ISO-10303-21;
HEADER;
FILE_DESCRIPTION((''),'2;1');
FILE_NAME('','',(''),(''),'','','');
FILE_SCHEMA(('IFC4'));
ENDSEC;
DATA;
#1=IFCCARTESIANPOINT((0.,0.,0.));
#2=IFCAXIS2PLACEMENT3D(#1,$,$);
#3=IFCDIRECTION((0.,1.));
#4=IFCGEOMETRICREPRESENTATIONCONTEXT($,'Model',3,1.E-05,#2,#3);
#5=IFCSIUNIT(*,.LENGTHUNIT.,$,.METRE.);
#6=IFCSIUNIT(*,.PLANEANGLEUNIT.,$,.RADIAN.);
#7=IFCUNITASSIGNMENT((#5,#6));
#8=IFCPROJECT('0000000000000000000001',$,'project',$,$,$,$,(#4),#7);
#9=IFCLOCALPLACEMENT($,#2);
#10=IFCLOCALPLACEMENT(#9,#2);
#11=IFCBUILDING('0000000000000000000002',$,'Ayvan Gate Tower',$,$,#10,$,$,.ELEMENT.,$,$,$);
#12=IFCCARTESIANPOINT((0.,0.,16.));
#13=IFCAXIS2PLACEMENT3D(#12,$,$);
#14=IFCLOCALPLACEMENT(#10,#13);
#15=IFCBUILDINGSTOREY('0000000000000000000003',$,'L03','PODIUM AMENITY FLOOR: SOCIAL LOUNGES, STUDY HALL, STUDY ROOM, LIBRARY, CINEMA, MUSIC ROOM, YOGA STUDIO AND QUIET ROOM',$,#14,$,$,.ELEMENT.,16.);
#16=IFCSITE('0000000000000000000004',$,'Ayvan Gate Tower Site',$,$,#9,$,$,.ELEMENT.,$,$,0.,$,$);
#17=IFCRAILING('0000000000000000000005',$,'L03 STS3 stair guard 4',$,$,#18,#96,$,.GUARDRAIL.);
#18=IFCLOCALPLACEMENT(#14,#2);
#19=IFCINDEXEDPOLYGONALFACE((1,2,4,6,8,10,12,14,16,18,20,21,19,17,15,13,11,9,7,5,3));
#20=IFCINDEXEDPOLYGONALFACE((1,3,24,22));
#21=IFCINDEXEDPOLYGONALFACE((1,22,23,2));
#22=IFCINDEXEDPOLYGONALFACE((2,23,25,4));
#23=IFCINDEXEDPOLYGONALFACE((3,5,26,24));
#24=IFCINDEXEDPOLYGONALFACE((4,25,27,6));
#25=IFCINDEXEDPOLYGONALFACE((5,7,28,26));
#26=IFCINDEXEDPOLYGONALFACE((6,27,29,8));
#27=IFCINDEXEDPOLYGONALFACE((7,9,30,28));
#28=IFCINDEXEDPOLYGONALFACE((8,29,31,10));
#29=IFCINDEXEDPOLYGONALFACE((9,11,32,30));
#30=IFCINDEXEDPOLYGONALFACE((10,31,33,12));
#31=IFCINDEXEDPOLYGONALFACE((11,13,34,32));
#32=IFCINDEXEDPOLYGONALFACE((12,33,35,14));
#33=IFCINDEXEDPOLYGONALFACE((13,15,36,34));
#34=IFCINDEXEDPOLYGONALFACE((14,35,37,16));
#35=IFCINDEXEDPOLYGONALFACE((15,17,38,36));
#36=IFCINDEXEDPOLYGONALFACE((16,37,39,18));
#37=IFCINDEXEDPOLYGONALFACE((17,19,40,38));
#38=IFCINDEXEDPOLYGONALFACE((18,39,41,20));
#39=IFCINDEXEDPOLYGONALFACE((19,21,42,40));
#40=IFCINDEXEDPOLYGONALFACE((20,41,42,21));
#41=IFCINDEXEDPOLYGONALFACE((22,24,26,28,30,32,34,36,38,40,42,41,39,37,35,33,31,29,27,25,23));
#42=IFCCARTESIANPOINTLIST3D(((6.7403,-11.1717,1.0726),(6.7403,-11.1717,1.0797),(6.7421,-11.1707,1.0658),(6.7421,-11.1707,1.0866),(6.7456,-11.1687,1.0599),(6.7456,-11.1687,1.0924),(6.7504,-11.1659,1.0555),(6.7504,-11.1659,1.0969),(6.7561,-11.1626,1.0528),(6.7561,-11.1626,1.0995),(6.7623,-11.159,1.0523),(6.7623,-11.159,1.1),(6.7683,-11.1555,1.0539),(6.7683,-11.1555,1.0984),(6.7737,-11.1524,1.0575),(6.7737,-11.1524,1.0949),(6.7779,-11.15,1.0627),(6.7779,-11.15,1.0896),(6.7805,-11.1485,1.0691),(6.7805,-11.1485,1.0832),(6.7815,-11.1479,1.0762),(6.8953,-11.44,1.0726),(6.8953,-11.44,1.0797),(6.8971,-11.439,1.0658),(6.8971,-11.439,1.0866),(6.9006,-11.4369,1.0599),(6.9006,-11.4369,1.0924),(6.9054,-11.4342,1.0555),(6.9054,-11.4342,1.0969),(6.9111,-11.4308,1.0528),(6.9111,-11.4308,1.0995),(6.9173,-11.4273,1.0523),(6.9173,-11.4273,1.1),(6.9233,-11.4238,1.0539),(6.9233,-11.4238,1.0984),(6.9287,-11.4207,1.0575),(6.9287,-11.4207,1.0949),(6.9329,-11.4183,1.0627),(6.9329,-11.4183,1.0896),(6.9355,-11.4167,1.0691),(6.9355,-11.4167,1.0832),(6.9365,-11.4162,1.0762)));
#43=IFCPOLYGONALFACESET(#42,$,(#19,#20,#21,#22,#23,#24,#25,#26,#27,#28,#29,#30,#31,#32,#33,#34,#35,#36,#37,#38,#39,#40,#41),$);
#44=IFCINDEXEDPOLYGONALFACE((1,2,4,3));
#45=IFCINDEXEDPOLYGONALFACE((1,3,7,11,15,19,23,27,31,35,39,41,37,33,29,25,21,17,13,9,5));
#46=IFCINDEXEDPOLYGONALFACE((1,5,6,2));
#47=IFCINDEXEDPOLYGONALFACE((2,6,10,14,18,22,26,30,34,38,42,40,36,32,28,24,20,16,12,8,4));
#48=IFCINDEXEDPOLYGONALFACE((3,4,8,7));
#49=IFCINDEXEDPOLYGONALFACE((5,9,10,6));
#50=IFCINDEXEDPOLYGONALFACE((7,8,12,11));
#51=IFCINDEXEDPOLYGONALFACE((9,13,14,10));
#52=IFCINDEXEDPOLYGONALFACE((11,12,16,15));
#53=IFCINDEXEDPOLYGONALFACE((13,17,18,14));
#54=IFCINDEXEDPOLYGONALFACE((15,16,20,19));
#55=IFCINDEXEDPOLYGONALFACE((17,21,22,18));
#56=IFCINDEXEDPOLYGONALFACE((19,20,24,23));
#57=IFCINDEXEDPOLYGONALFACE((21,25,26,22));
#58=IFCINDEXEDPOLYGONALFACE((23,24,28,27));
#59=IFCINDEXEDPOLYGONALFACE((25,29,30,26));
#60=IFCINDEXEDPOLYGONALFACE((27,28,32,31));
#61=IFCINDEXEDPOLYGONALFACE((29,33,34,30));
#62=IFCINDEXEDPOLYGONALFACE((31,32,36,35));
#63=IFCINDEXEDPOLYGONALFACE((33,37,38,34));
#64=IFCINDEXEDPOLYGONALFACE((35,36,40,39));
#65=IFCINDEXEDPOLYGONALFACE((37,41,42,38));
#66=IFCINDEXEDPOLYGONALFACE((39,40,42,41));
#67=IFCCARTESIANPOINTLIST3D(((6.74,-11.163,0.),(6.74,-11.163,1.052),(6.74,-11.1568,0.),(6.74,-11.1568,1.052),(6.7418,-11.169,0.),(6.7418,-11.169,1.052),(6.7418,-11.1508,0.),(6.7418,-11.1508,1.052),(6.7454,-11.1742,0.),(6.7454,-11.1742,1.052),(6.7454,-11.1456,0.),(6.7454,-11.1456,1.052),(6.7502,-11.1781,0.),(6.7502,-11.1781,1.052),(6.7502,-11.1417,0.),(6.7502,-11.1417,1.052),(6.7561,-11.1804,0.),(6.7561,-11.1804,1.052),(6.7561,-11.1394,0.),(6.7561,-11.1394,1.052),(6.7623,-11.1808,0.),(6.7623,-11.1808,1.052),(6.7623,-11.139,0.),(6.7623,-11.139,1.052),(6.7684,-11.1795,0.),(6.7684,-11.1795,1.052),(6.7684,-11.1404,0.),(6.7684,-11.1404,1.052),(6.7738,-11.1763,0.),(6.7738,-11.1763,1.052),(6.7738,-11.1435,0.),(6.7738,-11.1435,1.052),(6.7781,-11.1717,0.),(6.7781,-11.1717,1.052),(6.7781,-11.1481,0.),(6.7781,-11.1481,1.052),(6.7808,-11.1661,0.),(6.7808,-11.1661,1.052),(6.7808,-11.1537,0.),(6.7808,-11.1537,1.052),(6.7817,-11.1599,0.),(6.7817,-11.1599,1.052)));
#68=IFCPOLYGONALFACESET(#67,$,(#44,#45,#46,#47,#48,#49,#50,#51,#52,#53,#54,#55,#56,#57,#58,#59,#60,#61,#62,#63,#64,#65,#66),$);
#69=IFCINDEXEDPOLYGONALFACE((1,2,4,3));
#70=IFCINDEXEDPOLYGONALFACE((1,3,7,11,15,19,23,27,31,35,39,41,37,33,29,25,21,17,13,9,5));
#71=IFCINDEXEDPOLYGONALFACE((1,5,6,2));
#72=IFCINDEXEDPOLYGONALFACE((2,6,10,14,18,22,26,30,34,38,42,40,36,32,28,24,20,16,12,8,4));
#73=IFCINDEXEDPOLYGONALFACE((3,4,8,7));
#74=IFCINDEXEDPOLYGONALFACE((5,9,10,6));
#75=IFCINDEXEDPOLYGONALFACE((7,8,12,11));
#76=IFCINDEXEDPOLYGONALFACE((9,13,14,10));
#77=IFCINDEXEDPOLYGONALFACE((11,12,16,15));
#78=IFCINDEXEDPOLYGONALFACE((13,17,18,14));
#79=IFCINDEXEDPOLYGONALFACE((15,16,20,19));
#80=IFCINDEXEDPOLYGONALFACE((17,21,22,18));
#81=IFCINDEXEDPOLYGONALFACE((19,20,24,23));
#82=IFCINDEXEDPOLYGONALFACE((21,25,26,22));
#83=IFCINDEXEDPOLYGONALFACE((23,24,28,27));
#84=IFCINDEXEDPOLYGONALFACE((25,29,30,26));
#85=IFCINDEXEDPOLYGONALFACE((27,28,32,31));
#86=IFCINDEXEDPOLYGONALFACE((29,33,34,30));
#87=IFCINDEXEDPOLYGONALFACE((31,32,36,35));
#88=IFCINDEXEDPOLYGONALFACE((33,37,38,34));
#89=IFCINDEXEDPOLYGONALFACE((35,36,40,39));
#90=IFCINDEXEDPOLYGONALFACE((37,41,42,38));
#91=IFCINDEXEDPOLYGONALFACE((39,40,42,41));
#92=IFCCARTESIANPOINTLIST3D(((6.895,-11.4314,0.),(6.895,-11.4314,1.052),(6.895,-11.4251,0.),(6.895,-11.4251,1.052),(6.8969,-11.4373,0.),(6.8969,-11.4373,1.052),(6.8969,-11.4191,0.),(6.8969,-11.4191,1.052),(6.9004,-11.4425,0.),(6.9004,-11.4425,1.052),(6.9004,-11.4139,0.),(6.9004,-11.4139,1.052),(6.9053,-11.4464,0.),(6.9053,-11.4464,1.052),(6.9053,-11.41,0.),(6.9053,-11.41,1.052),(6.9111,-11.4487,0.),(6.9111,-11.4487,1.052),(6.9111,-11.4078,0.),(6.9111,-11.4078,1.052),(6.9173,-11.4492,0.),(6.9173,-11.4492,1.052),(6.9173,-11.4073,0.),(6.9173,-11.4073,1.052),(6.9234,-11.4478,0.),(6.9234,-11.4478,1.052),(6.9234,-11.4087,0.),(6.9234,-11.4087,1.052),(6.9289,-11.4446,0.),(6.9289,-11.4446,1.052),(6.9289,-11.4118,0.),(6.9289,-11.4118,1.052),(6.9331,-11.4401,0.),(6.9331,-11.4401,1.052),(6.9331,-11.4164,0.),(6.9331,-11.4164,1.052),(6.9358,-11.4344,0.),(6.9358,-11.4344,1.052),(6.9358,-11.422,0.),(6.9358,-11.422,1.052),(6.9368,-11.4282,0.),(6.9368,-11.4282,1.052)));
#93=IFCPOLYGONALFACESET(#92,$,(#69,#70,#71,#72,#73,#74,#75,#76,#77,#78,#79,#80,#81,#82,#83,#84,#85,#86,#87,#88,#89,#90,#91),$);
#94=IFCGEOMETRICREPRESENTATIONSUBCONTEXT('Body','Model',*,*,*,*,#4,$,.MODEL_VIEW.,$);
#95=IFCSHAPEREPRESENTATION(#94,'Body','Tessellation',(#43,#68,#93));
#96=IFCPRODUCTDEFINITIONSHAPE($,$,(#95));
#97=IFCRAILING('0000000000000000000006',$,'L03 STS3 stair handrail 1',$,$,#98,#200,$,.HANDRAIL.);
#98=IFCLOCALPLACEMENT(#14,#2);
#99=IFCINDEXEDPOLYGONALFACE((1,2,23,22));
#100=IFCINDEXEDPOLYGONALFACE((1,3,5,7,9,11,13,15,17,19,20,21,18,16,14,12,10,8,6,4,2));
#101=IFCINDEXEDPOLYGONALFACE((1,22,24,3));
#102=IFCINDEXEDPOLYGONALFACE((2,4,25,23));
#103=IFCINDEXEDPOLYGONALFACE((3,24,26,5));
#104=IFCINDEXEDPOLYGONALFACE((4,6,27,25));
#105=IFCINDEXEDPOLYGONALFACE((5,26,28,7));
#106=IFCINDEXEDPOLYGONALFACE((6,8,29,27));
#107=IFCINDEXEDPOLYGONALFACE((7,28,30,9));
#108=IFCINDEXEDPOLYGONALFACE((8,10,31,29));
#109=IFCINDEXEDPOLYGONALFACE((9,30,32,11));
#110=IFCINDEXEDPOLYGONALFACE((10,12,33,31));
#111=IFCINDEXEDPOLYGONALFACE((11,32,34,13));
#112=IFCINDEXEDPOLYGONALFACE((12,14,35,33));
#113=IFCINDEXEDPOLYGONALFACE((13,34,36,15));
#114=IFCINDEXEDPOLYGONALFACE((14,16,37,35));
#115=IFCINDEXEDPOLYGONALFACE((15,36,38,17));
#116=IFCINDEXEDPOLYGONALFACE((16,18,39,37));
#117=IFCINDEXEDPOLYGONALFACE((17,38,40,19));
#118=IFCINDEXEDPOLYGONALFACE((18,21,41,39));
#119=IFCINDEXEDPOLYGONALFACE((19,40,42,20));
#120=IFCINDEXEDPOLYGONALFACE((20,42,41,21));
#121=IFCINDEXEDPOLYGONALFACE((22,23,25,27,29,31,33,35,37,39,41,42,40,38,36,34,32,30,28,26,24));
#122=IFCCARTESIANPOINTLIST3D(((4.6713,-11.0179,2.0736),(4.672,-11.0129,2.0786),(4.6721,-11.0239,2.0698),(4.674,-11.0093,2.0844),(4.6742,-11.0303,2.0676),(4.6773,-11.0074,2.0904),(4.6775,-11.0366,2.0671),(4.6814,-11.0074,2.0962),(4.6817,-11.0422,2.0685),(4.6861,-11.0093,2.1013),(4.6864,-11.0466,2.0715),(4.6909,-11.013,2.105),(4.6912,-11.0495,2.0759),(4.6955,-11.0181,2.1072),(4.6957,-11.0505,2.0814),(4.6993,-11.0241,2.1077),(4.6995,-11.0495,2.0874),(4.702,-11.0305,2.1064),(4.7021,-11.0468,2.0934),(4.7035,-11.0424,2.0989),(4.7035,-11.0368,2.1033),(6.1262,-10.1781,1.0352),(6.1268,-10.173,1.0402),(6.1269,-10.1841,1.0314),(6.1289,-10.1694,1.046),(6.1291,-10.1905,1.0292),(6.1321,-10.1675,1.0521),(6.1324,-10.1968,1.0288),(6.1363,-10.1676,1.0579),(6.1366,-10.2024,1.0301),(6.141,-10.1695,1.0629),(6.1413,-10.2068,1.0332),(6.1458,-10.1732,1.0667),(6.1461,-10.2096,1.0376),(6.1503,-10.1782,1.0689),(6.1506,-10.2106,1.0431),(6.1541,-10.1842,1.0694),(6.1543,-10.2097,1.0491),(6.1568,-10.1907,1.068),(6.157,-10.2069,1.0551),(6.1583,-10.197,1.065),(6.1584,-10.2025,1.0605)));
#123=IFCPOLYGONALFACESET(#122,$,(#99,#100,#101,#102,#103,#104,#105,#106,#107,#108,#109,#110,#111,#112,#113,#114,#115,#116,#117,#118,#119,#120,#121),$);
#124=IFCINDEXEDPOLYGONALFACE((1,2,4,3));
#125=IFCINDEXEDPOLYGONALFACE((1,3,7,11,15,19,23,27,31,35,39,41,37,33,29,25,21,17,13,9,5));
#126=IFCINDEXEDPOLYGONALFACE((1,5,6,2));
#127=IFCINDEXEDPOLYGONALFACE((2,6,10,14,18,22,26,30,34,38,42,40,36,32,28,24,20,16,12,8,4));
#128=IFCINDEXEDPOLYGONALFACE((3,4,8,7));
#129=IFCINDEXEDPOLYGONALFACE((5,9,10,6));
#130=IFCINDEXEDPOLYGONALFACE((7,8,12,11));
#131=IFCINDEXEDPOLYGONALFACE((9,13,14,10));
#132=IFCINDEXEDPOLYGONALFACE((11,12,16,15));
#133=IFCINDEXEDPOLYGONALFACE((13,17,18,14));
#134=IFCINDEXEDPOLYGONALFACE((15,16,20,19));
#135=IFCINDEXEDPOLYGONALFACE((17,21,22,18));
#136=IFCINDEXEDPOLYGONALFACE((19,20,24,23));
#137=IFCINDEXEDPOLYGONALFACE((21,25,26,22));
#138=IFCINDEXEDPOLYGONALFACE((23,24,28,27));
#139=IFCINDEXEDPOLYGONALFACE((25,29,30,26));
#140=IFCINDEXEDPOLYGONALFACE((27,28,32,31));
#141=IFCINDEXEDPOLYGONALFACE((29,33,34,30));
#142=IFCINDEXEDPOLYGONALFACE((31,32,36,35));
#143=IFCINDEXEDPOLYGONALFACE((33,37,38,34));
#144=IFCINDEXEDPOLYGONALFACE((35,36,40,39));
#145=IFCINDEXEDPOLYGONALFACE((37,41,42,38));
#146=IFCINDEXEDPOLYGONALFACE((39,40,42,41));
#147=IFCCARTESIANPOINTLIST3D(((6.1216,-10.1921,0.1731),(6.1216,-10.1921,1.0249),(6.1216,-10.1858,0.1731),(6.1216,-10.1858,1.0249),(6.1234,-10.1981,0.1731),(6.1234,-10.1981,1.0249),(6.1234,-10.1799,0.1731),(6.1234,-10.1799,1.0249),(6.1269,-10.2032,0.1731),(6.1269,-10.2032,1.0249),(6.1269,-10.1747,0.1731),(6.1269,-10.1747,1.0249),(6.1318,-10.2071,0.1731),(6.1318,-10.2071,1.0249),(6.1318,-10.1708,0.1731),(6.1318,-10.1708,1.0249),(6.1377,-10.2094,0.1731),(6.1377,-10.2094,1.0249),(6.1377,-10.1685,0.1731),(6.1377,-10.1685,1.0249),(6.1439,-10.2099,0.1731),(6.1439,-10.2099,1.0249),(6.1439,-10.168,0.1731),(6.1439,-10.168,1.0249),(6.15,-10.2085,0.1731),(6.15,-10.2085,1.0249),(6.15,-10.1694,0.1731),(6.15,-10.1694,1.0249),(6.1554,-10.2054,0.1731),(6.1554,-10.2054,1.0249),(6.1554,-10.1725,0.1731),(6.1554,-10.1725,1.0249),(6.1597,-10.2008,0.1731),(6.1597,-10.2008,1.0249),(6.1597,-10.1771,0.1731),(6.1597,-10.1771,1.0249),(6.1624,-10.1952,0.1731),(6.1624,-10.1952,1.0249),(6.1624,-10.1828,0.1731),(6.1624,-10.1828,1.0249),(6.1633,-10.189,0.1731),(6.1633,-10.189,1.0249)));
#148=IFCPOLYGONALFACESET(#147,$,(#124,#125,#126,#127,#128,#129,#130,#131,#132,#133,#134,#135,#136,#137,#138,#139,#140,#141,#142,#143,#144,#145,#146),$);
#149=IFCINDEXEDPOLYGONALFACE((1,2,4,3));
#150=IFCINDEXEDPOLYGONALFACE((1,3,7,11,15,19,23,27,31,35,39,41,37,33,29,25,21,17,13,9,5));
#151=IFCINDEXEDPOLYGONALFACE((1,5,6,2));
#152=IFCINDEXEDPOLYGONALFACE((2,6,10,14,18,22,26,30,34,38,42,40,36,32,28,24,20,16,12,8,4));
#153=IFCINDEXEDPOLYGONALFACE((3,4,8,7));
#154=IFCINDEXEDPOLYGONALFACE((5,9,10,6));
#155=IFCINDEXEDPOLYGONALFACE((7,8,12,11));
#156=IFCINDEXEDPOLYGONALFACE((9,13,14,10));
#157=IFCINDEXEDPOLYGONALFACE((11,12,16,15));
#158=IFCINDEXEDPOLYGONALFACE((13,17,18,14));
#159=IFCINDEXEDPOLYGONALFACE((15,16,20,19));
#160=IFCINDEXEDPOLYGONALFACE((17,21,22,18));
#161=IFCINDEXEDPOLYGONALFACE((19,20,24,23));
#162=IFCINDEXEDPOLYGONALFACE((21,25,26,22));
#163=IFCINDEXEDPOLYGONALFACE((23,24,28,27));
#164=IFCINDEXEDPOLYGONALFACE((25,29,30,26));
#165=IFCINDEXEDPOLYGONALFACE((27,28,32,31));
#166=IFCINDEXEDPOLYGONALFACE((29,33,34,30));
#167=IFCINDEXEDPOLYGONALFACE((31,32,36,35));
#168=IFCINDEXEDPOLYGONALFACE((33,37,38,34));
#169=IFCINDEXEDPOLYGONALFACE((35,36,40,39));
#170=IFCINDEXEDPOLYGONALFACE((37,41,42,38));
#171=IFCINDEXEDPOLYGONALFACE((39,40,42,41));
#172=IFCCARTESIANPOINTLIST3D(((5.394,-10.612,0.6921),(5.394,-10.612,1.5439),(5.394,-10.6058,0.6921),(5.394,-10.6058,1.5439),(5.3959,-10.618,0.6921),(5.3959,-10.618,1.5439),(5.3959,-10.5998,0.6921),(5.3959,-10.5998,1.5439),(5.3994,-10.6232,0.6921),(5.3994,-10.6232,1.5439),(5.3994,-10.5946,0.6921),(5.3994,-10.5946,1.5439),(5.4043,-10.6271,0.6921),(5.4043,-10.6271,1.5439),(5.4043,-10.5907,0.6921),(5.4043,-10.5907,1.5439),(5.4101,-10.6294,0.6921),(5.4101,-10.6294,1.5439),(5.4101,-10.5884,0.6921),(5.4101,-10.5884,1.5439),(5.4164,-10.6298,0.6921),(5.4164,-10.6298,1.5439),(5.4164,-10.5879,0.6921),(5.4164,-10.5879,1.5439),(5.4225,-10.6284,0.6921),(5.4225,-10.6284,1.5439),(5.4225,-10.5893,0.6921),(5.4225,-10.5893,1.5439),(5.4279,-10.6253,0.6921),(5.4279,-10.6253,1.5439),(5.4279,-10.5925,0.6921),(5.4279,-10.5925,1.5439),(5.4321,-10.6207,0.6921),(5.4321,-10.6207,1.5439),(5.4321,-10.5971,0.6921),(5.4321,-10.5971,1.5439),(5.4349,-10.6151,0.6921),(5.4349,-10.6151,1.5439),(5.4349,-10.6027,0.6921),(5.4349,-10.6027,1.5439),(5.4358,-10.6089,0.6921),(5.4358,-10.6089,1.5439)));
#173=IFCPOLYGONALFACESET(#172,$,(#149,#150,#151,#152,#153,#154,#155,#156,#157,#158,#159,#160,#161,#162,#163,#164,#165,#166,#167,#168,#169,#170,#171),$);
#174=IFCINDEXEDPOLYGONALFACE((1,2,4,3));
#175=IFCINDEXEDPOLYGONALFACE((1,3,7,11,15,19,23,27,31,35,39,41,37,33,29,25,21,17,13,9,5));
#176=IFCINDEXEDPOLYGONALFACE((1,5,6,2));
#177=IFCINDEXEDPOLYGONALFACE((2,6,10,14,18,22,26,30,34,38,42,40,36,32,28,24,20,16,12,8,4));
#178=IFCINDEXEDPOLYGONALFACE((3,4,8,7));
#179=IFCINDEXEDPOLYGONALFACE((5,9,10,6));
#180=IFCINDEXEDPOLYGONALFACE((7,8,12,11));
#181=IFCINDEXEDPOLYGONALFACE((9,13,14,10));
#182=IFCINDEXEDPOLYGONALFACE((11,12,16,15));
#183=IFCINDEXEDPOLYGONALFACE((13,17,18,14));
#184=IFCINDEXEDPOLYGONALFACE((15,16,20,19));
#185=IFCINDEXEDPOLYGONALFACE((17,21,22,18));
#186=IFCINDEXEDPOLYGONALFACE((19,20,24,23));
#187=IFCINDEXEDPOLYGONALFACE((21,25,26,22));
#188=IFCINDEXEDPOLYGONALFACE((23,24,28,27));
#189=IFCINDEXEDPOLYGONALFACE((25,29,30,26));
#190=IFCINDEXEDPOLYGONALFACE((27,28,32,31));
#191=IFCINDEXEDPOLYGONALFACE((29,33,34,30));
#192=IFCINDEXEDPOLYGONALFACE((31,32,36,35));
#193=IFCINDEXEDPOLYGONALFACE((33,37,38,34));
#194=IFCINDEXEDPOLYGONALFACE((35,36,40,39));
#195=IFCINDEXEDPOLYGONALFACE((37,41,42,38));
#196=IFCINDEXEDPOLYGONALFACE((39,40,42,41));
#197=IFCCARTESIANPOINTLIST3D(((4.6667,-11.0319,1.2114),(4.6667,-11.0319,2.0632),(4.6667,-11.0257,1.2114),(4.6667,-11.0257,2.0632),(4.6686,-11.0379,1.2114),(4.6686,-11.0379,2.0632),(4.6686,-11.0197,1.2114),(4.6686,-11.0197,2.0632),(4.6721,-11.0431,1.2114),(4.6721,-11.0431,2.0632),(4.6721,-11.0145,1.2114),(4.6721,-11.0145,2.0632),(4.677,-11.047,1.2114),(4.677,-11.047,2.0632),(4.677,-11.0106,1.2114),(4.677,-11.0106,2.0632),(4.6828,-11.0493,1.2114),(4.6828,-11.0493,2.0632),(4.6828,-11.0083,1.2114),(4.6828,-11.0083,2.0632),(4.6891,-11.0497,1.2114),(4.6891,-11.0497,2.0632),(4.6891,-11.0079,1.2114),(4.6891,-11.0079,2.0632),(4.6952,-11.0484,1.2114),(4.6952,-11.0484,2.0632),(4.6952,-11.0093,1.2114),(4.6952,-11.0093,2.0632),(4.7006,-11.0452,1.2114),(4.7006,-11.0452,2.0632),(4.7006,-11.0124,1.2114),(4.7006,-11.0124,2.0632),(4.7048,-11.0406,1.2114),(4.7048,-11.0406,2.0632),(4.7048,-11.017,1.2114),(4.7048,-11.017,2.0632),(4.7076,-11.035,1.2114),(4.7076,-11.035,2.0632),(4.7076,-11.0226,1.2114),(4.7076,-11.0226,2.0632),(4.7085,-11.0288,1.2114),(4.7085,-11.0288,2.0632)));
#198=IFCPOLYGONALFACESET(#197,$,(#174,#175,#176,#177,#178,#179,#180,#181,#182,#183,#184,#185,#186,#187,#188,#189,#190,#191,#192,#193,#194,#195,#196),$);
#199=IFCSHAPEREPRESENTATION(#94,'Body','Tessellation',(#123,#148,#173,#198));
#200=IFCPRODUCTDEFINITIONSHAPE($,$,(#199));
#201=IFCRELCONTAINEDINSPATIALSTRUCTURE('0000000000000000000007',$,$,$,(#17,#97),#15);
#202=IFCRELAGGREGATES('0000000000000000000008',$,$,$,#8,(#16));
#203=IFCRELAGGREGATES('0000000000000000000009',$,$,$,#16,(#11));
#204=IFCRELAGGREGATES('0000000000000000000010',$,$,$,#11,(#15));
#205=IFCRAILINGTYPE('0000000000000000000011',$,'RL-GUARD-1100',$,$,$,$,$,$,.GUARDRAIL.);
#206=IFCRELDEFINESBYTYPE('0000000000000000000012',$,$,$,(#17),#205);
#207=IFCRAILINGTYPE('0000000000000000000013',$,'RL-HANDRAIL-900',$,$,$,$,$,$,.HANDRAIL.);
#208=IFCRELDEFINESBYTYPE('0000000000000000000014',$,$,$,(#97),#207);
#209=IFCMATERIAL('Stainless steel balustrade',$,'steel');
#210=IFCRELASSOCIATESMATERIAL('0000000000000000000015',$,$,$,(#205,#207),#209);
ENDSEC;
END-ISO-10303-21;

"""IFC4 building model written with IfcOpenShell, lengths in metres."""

from ifc_helpers import new_model, si_unit, direction, frame, origin, origin_2d, place, context, subcontext, project, spatial, circle, extrude, material, type_object, element, save


model = new_model("IFC4")

# Units and contexts
model_context = context("Model", 3, precision=1e-05, world=origin(), true_north=direction((0.0, 1.0)))
body_context = subcontext(model_context, "Body", "Model", "MODEL_VIEW")
ifc_project = project(units=[si_unit("LENGTHUNIT", "METRE"), si_unit("PLANEANGLEUNIT", "RADIAN")], contexts=[model_context])

# Site, building, storey
site_placement = place(None, origin())
site = spatial("IfcSite", under=ifc_project, at=site_placement, Name="Ayvan Gate Tower Site", CompositionType="ELEMENT", RefElevation=0.0)
building_placement = place(site_placement, origin())
building = spatial("IfcBuilding", under=site, at=building_placement, Name="Ayvan Gate Tower", CompositionType="ELEMENT")
storey_placement = place(building_placement, frame((0.0, 0.0, 16.0)))
storey = spatial("IfcBuildingStorey", under=building, at=storey_placement, Name="L03", Description="PODIUM AMENITY FLOOR: SOCIAL LOUNGES, STUDY HALL, STUDY ROOM, LIBRARY, CINEMA, MUSIC ROOM, YOGA STUDIO AND QUIET ROOM", CompositionType="ELEMENT", Elevation=16.0)

# Railings
ifc_material_1 = material(Name="Stainless steel balustrade", Category="steel")
railing_type_1 = type_object("IfcRailingType", Name="RL-GUARD-1100", PredefinedType="GUARDRAIL", material=ifc_material_1)
railing_1_placement = place(storey_placement, frame((6.7607, -11.1599, 0.0)))
element("IfcRailing", 1, at=railing_1_placement, inside=storey, type_object=railing_type_1, Name="L03 STS3 stair guard 4", PredefinedType="GUARDRAIL", context=body_context, shape_type="SweptSolid", body=[
    extrude(circle(Radius=0.0239, at=origin_2d()), frame((0.0, 0.0, 1.0762), z_axis=(0.500291, -0.865857, 0.0), x_axis=(0.865857, 0.500291, 0.0)), (0.0, 0.0, 1.0), 0.3098),
    extrude(circle(Radius=0.021, at=origin_2d()), origin(), (0.0, 0.0, 1.0), 1.052),
    extrude(circle(Radius=0.021, at=origin_2d()), frame((0.155, -0.2683, 0.0)), (0.0, 0.0, 1.0), 1.052),
])
railing_type_2 = type_object("IfcRailingType", Name="RL-HANDRAIL-900", PredefinedType="HANDRAIL", material=ifc_material_1)
railing_2_placement = place(storey_placement, frame((6.1423, -10.189, 0.1731)))
element("IfcRailing", 2, at=railing_2_placement, inside=storey, type_object=railing_type_2, Name="L03 STS3 stair handrail 1", PredefinedType="HANDRAIL", context=body_context, shape_type="SweptSolid", body=[
    extrude(circle(Radius=0.0239, at=origin_2d()), frame((0.0, 0.0, 0.876), z_axis=(-0.736683, -0.425271, 0.525778), x_axis=(0.499953, -0.866052, 0.0)), (0.0, 0.0, 1.0), 1.9749),
    extrude(circle(Radius=0.021, at=origin_2d()), origin(), (0.0, 0.0, 1.0), 0.8518),
    extrude(circle(Radius=0.021, at=origin_2d()), frame((-0.7275, -0.4199, 0.519)), (0.0, 0.0, 1.0), 0.8518),
    extrude(circle(Radius=0.021, at=origin_2d()), frame((-1.4548, -0.8398, 1.0383)), (0.0, 0.0, 1.0), 0.8518),
])

save(model, "model.ifc")
